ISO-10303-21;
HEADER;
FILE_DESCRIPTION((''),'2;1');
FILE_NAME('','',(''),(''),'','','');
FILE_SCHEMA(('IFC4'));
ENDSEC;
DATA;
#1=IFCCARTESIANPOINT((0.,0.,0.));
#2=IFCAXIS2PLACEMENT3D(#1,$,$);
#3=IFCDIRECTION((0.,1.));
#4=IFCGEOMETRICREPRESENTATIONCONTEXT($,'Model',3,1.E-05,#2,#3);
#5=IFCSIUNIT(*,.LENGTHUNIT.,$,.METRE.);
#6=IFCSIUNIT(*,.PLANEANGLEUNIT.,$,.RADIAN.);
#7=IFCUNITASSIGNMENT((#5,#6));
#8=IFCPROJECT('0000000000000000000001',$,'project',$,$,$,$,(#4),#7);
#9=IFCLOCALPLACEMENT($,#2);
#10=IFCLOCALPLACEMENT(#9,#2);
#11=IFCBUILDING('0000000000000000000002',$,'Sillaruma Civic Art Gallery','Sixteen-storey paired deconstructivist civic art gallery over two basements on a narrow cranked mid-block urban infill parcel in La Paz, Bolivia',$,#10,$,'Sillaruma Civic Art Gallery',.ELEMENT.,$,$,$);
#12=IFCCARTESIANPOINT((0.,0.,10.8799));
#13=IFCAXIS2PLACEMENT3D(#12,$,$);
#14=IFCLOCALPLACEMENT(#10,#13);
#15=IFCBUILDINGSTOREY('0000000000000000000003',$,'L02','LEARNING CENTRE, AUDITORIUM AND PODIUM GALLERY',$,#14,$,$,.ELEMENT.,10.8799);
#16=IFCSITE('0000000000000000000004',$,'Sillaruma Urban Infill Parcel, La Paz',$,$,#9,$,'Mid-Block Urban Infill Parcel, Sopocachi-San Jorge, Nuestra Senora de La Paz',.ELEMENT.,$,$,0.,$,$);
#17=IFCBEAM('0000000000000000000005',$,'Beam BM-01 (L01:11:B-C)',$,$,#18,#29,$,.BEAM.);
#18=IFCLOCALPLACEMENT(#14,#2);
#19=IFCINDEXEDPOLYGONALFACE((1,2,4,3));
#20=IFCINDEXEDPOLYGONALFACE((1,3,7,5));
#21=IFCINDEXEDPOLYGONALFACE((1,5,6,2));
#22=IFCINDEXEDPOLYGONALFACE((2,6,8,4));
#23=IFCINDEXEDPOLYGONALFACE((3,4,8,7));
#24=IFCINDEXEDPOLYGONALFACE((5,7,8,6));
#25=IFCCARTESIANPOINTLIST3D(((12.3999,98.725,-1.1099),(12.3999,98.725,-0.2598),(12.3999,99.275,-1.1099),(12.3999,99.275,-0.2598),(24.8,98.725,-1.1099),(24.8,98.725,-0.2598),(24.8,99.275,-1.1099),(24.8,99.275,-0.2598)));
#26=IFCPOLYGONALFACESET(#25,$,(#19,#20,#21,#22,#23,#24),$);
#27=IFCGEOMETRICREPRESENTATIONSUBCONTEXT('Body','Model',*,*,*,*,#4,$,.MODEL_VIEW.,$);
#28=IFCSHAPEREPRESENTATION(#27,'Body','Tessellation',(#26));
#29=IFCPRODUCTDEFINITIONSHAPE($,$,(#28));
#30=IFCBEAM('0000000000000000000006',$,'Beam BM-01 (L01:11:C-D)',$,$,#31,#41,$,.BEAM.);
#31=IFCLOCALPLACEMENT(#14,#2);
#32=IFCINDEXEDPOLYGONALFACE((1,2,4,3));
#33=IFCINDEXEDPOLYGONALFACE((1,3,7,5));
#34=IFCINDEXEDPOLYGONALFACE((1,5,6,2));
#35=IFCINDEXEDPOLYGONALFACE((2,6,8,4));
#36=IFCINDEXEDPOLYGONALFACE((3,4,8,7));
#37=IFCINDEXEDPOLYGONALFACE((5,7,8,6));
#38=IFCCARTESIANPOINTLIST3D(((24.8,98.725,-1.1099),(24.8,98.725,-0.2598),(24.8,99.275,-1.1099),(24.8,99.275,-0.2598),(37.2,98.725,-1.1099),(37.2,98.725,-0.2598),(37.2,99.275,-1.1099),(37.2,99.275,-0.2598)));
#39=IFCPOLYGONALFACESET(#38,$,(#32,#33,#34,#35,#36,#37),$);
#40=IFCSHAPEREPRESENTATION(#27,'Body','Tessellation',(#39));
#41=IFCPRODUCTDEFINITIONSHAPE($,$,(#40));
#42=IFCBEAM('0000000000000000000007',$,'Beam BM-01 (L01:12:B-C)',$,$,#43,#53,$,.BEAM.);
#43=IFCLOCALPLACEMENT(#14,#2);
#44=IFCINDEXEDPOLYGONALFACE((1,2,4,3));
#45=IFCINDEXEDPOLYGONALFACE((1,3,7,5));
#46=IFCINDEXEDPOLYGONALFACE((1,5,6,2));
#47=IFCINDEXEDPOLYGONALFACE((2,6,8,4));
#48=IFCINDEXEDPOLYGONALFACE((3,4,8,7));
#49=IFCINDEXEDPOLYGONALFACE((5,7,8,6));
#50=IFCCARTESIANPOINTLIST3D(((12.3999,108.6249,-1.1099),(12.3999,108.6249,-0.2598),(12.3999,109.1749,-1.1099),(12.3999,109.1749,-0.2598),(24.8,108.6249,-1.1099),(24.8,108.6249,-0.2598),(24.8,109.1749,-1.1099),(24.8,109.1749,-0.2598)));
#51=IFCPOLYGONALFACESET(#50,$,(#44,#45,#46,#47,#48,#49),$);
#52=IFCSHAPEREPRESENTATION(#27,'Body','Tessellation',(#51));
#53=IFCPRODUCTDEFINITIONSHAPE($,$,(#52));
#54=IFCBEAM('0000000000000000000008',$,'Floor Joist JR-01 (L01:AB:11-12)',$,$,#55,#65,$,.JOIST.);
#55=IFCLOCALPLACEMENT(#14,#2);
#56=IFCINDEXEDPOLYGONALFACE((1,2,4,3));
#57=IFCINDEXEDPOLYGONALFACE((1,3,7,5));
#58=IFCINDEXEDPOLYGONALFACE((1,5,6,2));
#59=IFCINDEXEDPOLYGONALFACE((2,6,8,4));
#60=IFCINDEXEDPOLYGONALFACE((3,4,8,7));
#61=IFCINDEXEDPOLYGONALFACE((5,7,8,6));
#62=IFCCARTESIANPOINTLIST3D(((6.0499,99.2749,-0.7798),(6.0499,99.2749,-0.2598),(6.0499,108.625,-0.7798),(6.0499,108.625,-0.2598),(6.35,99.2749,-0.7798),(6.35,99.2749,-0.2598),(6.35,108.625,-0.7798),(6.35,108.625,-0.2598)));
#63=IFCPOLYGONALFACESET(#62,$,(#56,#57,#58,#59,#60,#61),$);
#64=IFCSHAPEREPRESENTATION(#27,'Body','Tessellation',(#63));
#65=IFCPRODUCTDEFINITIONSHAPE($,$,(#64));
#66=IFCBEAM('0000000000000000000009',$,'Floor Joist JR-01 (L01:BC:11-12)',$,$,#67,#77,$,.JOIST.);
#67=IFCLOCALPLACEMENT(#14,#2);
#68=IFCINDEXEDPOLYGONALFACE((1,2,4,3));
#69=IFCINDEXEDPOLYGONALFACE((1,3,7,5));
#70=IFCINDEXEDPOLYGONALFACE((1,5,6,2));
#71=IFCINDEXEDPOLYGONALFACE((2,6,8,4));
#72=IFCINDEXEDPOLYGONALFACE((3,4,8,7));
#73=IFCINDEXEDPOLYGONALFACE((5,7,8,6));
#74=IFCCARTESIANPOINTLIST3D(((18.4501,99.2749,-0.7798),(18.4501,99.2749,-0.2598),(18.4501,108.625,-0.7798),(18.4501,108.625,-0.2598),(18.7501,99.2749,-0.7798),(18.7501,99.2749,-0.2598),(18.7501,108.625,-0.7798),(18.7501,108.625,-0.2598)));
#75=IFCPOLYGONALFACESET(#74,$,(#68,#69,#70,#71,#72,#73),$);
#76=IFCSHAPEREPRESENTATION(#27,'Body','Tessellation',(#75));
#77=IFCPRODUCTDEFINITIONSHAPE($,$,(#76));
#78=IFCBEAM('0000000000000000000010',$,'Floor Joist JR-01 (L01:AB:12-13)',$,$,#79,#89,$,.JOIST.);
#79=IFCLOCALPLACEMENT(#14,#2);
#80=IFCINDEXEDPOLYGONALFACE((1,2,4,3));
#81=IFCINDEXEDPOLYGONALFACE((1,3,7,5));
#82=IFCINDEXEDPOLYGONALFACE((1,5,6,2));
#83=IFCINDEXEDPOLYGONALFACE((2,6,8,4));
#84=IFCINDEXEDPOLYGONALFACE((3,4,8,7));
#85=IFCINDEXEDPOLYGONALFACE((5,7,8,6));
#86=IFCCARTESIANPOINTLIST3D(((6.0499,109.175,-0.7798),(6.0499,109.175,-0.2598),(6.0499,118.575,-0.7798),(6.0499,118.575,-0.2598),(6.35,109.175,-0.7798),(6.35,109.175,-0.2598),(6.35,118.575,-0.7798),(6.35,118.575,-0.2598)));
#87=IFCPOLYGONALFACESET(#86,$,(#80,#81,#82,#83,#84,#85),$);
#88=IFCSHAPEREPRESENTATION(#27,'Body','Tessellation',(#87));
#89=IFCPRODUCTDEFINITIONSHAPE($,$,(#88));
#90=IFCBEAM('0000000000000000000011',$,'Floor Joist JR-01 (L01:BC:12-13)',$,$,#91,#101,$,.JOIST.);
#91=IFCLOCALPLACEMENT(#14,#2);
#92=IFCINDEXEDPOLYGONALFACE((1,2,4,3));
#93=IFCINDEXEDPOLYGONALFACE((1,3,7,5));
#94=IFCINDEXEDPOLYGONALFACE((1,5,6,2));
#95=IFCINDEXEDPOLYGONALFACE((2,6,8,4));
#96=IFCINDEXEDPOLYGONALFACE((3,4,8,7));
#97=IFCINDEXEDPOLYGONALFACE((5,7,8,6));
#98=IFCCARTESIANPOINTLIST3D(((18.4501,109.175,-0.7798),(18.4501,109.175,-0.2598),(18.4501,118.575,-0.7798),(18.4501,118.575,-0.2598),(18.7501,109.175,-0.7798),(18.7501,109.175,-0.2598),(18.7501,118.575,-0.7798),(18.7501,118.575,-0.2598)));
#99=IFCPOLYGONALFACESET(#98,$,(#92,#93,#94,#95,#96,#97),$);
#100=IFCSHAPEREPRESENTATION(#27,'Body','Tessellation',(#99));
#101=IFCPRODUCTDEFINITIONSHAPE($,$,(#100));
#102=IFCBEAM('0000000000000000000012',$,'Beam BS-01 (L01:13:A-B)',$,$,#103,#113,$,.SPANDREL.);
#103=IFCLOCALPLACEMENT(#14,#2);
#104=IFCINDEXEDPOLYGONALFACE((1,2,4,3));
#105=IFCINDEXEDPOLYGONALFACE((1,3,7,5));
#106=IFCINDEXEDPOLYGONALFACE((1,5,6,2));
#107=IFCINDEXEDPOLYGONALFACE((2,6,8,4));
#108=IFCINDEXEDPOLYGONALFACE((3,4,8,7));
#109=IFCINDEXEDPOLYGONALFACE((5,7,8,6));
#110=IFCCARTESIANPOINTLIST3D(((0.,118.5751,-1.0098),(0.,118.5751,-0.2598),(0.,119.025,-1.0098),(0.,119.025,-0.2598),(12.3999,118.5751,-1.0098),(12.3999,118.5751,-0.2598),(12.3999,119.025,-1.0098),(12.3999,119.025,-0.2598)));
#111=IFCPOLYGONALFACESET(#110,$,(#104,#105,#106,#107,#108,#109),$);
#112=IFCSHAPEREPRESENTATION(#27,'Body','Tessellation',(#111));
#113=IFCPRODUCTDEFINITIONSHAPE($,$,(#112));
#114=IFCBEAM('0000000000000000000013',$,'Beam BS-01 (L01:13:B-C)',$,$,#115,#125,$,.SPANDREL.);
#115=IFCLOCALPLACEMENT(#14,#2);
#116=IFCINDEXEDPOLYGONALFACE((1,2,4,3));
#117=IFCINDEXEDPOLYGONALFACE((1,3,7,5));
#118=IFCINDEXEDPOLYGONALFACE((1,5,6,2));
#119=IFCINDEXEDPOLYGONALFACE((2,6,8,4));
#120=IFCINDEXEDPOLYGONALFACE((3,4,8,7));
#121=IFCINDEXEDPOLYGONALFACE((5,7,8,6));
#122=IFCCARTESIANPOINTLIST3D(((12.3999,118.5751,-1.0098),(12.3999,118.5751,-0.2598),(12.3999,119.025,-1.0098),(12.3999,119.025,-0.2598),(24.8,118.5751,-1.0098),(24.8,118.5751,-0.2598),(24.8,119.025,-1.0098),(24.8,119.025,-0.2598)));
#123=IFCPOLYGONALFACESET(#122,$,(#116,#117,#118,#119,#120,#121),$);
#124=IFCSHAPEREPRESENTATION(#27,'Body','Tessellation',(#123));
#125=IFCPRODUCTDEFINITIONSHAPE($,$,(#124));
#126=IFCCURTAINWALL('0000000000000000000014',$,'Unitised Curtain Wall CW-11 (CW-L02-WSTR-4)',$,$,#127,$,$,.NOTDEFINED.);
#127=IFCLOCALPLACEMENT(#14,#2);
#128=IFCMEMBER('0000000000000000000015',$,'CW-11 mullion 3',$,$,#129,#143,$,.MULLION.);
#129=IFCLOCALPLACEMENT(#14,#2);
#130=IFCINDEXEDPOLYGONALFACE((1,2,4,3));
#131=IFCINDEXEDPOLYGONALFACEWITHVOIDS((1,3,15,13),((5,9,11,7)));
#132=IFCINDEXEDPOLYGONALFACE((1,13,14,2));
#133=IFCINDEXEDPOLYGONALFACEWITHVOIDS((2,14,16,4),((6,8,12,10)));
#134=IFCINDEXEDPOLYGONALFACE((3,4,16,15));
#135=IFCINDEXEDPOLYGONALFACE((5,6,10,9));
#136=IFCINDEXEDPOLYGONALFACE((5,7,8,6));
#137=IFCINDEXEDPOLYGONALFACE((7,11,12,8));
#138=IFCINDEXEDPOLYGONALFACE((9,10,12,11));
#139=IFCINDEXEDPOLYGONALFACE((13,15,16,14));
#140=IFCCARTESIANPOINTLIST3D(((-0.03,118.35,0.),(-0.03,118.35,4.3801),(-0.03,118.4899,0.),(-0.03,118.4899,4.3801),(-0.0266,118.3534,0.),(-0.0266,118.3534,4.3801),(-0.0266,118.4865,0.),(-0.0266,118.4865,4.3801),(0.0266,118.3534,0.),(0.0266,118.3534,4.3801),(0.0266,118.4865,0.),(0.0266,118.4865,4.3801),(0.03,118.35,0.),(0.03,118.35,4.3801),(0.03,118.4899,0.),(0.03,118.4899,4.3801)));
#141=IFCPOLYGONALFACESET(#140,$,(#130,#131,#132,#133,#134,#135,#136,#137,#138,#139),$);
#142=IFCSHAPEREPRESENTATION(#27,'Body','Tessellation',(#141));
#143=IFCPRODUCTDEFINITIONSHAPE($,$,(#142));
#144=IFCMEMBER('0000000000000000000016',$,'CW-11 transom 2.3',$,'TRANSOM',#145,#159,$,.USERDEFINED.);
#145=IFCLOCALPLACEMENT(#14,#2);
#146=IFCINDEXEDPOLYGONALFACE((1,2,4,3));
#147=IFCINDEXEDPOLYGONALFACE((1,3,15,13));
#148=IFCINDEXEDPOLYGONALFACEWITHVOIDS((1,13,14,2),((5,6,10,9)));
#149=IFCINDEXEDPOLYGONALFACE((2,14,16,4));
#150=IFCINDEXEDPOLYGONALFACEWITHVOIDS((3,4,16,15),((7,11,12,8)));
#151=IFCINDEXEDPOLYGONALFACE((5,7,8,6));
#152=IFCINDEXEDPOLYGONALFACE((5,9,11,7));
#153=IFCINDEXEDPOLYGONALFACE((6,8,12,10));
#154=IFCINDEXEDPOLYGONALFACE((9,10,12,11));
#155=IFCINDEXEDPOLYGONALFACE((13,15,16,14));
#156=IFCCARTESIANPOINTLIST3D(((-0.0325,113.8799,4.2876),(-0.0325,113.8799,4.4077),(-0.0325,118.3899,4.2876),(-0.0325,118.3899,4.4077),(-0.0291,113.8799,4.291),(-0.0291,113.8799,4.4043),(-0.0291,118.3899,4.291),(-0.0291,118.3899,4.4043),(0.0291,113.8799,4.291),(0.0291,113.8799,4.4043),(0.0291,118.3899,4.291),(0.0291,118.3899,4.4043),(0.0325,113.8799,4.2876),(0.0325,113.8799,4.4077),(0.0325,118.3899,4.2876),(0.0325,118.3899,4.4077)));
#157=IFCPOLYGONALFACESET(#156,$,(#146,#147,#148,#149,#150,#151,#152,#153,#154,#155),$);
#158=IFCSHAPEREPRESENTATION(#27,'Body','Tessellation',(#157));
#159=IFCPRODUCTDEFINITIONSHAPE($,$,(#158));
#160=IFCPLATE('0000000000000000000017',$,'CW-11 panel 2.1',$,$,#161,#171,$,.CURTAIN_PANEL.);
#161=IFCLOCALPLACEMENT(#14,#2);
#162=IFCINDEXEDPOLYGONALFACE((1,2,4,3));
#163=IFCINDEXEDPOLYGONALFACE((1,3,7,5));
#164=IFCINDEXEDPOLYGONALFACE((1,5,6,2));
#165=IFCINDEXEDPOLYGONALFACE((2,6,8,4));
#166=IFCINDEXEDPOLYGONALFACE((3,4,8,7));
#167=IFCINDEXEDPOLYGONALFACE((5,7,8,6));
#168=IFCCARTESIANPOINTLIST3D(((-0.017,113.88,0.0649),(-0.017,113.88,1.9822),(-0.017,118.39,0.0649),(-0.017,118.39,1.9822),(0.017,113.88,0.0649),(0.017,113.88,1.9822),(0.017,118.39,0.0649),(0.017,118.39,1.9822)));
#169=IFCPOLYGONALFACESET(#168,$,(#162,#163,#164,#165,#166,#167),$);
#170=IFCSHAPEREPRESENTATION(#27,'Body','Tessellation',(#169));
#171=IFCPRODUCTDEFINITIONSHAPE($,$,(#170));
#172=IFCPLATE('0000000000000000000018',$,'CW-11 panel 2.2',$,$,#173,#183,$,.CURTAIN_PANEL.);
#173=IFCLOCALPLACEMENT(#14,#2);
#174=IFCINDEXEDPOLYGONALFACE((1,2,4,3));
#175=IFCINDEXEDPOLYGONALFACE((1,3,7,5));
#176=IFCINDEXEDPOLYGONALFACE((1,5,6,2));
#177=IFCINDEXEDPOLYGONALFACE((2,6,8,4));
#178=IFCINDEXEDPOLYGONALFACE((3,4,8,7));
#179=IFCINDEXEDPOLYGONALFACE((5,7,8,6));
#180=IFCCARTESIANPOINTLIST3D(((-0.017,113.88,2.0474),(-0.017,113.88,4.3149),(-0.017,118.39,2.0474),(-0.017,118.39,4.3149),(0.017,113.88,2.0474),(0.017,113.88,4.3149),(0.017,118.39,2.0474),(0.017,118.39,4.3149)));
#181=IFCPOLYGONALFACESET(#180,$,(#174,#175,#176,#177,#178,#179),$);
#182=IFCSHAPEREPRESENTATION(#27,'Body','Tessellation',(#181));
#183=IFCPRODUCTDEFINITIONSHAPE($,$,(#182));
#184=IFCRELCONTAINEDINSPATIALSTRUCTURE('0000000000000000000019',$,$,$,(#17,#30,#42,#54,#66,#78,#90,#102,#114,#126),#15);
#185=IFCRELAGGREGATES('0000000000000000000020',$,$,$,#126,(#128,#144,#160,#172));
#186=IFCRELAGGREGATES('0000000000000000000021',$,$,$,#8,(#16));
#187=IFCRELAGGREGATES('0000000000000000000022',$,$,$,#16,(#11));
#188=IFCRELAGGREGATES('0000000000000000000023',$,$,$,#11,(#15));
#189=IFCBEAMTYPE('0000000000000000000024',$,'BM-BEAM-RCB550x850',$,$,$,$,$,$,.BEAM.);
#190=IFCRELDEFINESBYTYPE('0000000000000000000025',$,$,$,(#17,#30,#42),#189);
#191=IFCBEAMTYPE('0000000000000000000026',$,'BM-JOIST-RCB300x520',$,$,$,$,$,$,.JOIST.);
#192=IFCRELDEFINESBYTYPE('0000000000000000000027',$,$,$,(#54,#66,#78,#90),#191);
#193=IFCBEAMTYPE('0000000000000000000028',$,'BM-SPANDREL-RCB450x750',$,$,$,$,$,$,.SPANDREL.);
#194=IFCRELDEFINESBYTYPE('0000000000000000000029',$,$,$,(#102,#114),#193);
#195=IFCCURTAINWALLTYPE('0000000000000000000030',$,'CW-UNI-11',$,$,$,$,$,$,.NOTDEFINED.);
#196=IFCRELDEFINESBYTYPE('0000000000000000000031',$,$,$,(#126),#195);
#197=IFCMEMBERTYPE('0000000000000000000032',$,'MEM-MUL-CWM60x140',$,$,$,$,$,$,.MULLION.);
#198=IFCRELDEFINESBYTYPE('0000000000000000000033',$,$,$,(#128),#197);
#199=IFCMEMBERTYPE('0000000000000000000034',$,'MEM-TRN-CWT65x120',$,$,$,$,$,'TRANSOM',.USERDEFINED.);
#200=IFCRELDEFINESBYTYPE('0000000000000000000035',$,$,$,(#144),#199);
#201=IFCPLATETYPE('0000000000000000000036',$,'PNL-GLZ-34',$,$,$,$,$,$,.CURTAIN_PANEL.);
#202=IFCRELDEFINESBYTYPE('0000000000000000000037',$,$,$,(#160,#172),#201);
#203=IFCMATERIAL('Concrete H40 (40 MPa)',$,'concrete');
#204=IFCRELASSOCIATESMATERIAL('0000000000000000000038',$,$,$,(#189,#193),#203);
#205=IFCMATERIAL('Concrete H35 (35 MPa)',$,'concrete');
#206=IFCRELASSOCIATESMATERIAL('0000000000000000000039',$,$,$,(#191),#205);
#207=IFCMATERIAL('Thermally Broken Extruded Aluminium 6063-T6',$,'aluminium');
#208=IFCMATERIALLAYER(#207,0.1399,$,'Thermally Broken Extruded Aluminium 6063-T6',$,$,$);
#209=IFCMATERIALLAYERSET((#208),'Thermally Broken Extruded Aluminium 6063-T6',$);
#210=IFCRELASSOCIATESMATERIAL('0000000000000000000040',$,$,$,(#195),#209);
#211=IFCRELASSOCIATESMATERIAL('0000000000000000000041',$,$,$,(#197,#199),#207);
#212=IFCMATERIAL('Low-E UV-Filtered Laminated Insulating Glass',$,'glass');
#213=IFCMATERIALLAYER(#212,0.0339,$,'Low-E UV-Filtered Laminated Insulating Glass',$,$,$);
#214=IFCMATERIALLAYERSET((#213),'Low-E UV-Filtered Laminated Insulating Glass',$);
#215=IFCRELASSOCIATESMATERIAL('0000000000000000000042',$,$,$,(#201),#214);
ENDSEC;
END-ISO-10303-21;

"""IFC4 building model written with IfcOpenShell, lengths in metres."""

from ifc_helpers import new_model, si_unit, direction, frame, origin, origin_2d, place, context, subcontext, project, spatial, rectangle, hollow_rectangle, extrude, material, layer, layer_set, material_profile, profile_set, type_object, element, aggregate, save


model = new_model("IFC4")

# Units and contexts
model_context = context("Model", 3, precision=1e-05, world=origin(), true_north=direction((0.0, 1.0)))
body_context = subcontext(model_context, "Body", "Model", "MODEL_VIEW")
ifc_project = project(units=[si_unit("LENGTHUNIT", "METRE"), si_unit("PLANEANGLEUNIT", "RADIAN")], contexts=[model_context])

# Site, building, storey
site_placement = place(None, origin())
site = spatial("IfcSite", under=ifc_project, at=site_placement, Name="Sillaruma Urban Infill Parcel, La Paz", LongName="Mid-Block Urban Infill Parcel, Sopocachi-San Jorge, Nuestra Senora de La Paz", CompositionType="ELEMENT", RefElevation=0.0)
building_placement = place(site_placement, origin())
building = spatial("IfcBuilding", under=site, at=building_placement, Name="Sillaruma Civic Art Gallery", Description="Sixteen-storey paired deconstructivist civic art gallery over two basements on a narrow cranked mid-block urban infill parcel in La Paz, Bolivia", LongName="Sillaruma Civic Art Gallery", CompositionType="ELEMENT")
storey_placement = place(building_placement, frame((0.0, 0.0, 10.8799)))
storey = spatial("IfcBuildingStorey", under=building, at=storey_placement, Name="L02", Description="LEARNING CENTRE, AUDITORIUM AND PODIUM GALLERY", CompositionType="ELEMENT", Elevation=10.8799)

# Shared definitions
ifc_material_1 = material(Name="Concrete H40 (40 MPa)", Category="concrete")

# Beams
ifc_material_profile_1 = material_profile(ifc_material_1, rectangle(XDim=0.55, YDim=0.8501, at=origin_2d()), Name="RCB550x850")
ifc_profile_set_1 = profile_set([ifc_material_profile_1], Name="Concrete H40 (40 MPa)")
beam_type_1 = type_object("IfcBeamType", Name="BM-BEAM-RCB550x850", PredefinedType="BEAM", material=ifc_profile_set_1)
beam_1_placement = place(storey_placement, frame((12.3999, 99.0, -0.6848), z_axis=(1.0, 0.0, 0.0), x_axis=(0.0, 1.0, 0.0)))
element("IfcBeam", 1, at=beam_1_placement, inside=storey, type_object=beam_type_1, Name="Beam BM-01 (L01:11:B-C)", PredefinedType="BEAM", context=body_context, shape_type="SweptSolid", body=[
    extrude(rectangle(XDim=0.55, YDim=0.8501, at=origin_2d()), origin(), (0.0, 0.0, 1.0), 12.4001),
])
beam_2_placement = place(storey_placement, frame((24.8, 99.0, -0.6848), z_axis=(1.0, 0.0, 0.0), x_axis=(0.0, 1.0, 0.0)))
element("IfcBeam", 2, at=beam_2_placement, inside=storey, type_object=beam_type_1, Name="Beam BM-01 (L01:11:C-D)", PredefinedType="BEAM", context=body_context, shape_type="SweptSolid", body=[
    extrude(rectangle(XDim=0.55, YDim=0.8501, at=origin_2d()), origin(), (0.0, 0.0, 1.0), 12.3999),
])
beam_3_placement = place(storey_placement, frame((12.3999, 108.8999, -0.6848), z_axis=(1.0, 0.0, 0.0), x_axis=(0.0, 1.0, 0.0)))
element("IfcBeam", 3, at=beam_3_placement, inside=storey, type_object=beam_type_1, Name="Beam BM-01 (L01:12:B-C)", PredefinedType="BEAM", context=body_context, shape_type="SweptSolid", body=[
    extrude(rectangle(XDim=0.55, YDim=0.8501, at=origin_2d()), origin(), (0.0, 0.0, 1.0), 12.4001),
])
ifc_material_2 = material(Name="Concrete H35 (35 MPa)", Category="concrete")
ifc_material_profile_2 = material_profile(ifc_material_2, rectangle(XDim=0.3, YDim=0.52, at=origin_2d()), Name="RCB300x520")
ifc_profile_set_2 = profile_set([ifc_material_profile_2], Name="Concrete H35 (35 MPa)")
beam_type_2 = type_object("IfcBeamType", Name="BM-JOIST-RCB300x520", PredefinedType="JOIST", material=ifc_profile_set_2)
for number, where, z_axis, x_axis, name in (
    (4, (6.2, 99.2749, -0.5198), (0.0, 1.0, 0.0), (-1.0, 0.0, 0.0), "Floor Joist JR-01 (L01:AB:11-12)"),
    (5, (18.6001, 99.2749, -0.5198), (0.0, 1.0, 0.0), (-1.0, 0.0, 0.0), "Floor Joist JR-01 (L01:BC:11-12)"),
):
    element("IfcBeam", number, at=place(storey_placement, frame(where, z_axis=z_axis, x_axis=x_axis)), inside=storey, type_object=beam_type_2, Name=name, PredefinedType="JOIST", context=body_context, shape_type="SweptSolid", body=[
        extrude(rectangle(XDim=0.3, YDim=0.52, at=origin_2d()), origin(), (0.0, 0.0, 1.0), 9.3501),
    ])
for number, where, z_axis, x_axis, name in (
    (6, (6.2, 109.175, -0.5198), (0.0, 1.0, 0.0), (-1.0, 0.0, 0.0), "Floor Joist JR-01 (L01:AB:12-13)"),
    (7, (18.6001, 109.175, -0.5198), (0.0, 1.0, 0.0), (-1.0, 0.0, 0.0), "Floor Joist JR-01 (L01:BC:12-13)"),
):
    element("IfcBeam", number, at=place(storey_placement, frame(where, z_axis=z_axis, x_axis=x_axis)), inside=storey, type_object=beam_type_2, Name=name, PredefinedType="JOIST", context=body_context, shape_type="SweptSolid", body=[
        extrude(rectangle(XDim=0.3, YDim=0.52, at=origin_2d()), origin(), (0.0, 0.0, 1.0), 9.3999),
    ])
ifc_material_profile_3 = material_profile(ifc_material_1, rectangle(XDim=0.45, YDim=0.75, at=origin_2d()), Name="RCB450x750")
ifc_profile_set_3 = profile_set([ifc_material_profile_3], Name="Concrete H40 (40 MPa)")
beam_type_3 = type_object("IfcBeamType", Name="BM-SPANDREL-RCB450x750", PredefinedType="SPANDREL", material=ifc_profile_set_3)
beam_4_placement = place(storey_placement, frame((0.0, 118.8, -0.6348), z_axis=(1.0, 0.0, 0.0), x_axis=(0.0, 1.0, 0.0)))
element("IfcBeam", 8, at=beam_4_placement, inside=storey, type_object=beam_type_3, Name="Beam BS-01 (L01:13:A-B)", PredefinedType="SPANDREL", context=body_context, shape_type="SweptSolid", body=[
    extrude(rectangle(XDim=0.45, YDim=0.75, at=origin_2d()), origin(), (0.0, 0.0, 1.0), 12.3999),
])
beam_5_placement = place(storey_placement, frame((12.3999, 118.8, -0.6348), z_axis=(1.0, 0.0, 0.0), x_axis=(0.0, 1.0, 0.0)))
element("IfcBeam", 9, at=beam_5_placement, inside=storey, type_object=beam_type_3, Name="Beam BS-01 (L01:13:B-C)", PredefinedType="SPANDREL", context=body_context, shape_type="SweptSolid", body=[
    extrude(rectangle(XDim=0.45, YDim=0.75, at=origin_2d()), origin(), (0.0, 0.0, 1.0), 12.4001),
])

# Curtain wall, members, plates
ifc_material_3 = material(Name="Thermally Broken Extruded Aluminium 6063-T6", Category="aluminium")
ifc_layer_1 = layer(ifc_material_3, 0.1399, Name="Thermally Broken Extruded Aluminium 6063-T6")
ifc_layer_set_1 = layer_set([ifc_layer_1], Name="Thermally Broken Extruded Aluminium 6063-T6")
curtain_wall_type = type_object("IfcCurtainWallType", Name="CW-UNI-11", PredefinedType="NOTDEFINED", material=ifc_layer_set_1)
curtain_wall_placement = place(storey_placement, origin())
curtain_wall = element("IfcCurtainWall", 10, at=curtain_wall_placement, inside=storey, type_object=curtain_wall_type, Name="Unitised Curtain Wall CW-11 (CW-L02-WSTR-4)", PredefinedType="NOTDEFINED")
ifc_material_profile_4 = material_profile(ifc_material_3, hollow_rectangle(XDim=0.0601, YDim=0.1399, WallThickness=0.0034, at=origin_2d()), Name="CWM60x140")
ifc_profile_set_4 = profile_set([ifc_material_profile_4], Name="Thermally Broken Extruded Aluminium 6063-T6")
member_type_1 = type_object("IfcMemberType", Name="MEM-MUL-CWM60x140", PredefinedType="MULLION", material=ifc_profile_set_4)
member_1_placement = place(storey_placement, frame((0.0, 118.4199, 0.0), z_axis=(0.0, 0.0, 1.0), x_axis=(-1.0, 0.0, 0.0)))
member_1 = element("IfcMember", 11, at=member_1_placement, type_object=member_type_1, Name="CW-11 mullion 3", PredefinedType="MULLION", context=body_context, shape_type="SweptSolid", body=[
    extrude(hollow_rectangle(XDim=0.0601, YDim=0.1399, WallThickness=0.0034, at=origin_2d()), origin(), (0.0, 0.0, 1.0), 4.3801),
])
ifc_material_profile_5 = material_profile(ifc_material_3, hollow_rectangle(XDim=0.0649, YDim=0.1201, WallThickness=0.0034, at=origin_2d()), Name="CWT65x120")
ifc_profile_set_5 = profile_set([ifc_material_profile_5], Name="Thermally Broken Extruded Aluminium 6063-T6")
member_type_2 = type_object("IfcMemberType", Name="MEM-TRN-CWT65x120", ElementType="TRANSOM", PredefinedType="USERDEFINED", material=ifc_profile_set_5)
member_2_placement = place(storey_placement, frame((0.0, 113.8799, 4.3477), z_axis=(0.0, 1.0, 0.0), x_axis=(-1.0, 0.0, 0.0)))
member_2 = element("IfcMember", 12, at=member_2_placement, type_object=member_type_2, Name="CW-11 transom 2.3", ObjectType="TRANSOM", PredefinedType="USERDEFINED", context=body_context, shape_type="SweptSolid", body=[
    extrude(hollow_rectangle(XDim=0.0649, YDim=0.1201, WallThickness=0.0034, at=origin_2d()), origin(), (0.0, 0.0, 1.0), 4.51),
])
ifc_material_4 = material(Name="Low-E UV-Filtered Laminated Insulating Glass", Category="glass")
ifc_layer_2 = layer(ifc_material_4, 0.0339, Name="Low-E UV-Filtered Laminated Insulating Glass")
ifc_layer_set_2 = layer_set([ifc_layer_2], Name="Low-E UV-Filtered Laminated Insulating Glass")
plate_type = type_object("IfcPlateType", Name="PNL-GLZ-34", PredefinedType="CURTAIN_PANEL", material=ifc_layer_set_2)
plate_1_placement = place(storey_placement, frame((0.0, 116.135, 0.0649), z_axis=(0.0, 0.0, 1.0), x_axis=(0.0, 1.0, 0.0)))
plate_1 = element("IfcPlate", 13, at=plate_1_placement, type_object=plate_type, Name="CW-11 panel 2.1", PredefinedType="CURTAIN_PANEL", context=body_context, shape_type="SweptSolid", body=[
    extrude(rectangle(XDim=4.51, YDim=0.0339, at=origin_2d()), origin(), (0.0, 0.0, 1.0), 1.9172),
])
plate_2_placement = place(storey_placement, frame((0.0, 116.135, 2.0474), z_axis=(0.0, 0.0, 1.0), x_axis=(0.0, 1.0, 0.0)))
plate_2 = element("IfcPlate", 14, at=plate_2_placement, type_object=plate_type, Name="CW-11 panel 2.2", PredefinedType="CURTAIN_PANEL", context=body_context, shape_type="SweptSolid", body=[
    extrude(rectangle(XDim=4.51, YDim=0.0339, at=origin_2d()), origin(), (0.0, 0.0, 1.0), 2.2676),
])
aggregate(curtain_wall, [member_1, member_2, plate_1, plate_2])

save(model, "model.ifc")
